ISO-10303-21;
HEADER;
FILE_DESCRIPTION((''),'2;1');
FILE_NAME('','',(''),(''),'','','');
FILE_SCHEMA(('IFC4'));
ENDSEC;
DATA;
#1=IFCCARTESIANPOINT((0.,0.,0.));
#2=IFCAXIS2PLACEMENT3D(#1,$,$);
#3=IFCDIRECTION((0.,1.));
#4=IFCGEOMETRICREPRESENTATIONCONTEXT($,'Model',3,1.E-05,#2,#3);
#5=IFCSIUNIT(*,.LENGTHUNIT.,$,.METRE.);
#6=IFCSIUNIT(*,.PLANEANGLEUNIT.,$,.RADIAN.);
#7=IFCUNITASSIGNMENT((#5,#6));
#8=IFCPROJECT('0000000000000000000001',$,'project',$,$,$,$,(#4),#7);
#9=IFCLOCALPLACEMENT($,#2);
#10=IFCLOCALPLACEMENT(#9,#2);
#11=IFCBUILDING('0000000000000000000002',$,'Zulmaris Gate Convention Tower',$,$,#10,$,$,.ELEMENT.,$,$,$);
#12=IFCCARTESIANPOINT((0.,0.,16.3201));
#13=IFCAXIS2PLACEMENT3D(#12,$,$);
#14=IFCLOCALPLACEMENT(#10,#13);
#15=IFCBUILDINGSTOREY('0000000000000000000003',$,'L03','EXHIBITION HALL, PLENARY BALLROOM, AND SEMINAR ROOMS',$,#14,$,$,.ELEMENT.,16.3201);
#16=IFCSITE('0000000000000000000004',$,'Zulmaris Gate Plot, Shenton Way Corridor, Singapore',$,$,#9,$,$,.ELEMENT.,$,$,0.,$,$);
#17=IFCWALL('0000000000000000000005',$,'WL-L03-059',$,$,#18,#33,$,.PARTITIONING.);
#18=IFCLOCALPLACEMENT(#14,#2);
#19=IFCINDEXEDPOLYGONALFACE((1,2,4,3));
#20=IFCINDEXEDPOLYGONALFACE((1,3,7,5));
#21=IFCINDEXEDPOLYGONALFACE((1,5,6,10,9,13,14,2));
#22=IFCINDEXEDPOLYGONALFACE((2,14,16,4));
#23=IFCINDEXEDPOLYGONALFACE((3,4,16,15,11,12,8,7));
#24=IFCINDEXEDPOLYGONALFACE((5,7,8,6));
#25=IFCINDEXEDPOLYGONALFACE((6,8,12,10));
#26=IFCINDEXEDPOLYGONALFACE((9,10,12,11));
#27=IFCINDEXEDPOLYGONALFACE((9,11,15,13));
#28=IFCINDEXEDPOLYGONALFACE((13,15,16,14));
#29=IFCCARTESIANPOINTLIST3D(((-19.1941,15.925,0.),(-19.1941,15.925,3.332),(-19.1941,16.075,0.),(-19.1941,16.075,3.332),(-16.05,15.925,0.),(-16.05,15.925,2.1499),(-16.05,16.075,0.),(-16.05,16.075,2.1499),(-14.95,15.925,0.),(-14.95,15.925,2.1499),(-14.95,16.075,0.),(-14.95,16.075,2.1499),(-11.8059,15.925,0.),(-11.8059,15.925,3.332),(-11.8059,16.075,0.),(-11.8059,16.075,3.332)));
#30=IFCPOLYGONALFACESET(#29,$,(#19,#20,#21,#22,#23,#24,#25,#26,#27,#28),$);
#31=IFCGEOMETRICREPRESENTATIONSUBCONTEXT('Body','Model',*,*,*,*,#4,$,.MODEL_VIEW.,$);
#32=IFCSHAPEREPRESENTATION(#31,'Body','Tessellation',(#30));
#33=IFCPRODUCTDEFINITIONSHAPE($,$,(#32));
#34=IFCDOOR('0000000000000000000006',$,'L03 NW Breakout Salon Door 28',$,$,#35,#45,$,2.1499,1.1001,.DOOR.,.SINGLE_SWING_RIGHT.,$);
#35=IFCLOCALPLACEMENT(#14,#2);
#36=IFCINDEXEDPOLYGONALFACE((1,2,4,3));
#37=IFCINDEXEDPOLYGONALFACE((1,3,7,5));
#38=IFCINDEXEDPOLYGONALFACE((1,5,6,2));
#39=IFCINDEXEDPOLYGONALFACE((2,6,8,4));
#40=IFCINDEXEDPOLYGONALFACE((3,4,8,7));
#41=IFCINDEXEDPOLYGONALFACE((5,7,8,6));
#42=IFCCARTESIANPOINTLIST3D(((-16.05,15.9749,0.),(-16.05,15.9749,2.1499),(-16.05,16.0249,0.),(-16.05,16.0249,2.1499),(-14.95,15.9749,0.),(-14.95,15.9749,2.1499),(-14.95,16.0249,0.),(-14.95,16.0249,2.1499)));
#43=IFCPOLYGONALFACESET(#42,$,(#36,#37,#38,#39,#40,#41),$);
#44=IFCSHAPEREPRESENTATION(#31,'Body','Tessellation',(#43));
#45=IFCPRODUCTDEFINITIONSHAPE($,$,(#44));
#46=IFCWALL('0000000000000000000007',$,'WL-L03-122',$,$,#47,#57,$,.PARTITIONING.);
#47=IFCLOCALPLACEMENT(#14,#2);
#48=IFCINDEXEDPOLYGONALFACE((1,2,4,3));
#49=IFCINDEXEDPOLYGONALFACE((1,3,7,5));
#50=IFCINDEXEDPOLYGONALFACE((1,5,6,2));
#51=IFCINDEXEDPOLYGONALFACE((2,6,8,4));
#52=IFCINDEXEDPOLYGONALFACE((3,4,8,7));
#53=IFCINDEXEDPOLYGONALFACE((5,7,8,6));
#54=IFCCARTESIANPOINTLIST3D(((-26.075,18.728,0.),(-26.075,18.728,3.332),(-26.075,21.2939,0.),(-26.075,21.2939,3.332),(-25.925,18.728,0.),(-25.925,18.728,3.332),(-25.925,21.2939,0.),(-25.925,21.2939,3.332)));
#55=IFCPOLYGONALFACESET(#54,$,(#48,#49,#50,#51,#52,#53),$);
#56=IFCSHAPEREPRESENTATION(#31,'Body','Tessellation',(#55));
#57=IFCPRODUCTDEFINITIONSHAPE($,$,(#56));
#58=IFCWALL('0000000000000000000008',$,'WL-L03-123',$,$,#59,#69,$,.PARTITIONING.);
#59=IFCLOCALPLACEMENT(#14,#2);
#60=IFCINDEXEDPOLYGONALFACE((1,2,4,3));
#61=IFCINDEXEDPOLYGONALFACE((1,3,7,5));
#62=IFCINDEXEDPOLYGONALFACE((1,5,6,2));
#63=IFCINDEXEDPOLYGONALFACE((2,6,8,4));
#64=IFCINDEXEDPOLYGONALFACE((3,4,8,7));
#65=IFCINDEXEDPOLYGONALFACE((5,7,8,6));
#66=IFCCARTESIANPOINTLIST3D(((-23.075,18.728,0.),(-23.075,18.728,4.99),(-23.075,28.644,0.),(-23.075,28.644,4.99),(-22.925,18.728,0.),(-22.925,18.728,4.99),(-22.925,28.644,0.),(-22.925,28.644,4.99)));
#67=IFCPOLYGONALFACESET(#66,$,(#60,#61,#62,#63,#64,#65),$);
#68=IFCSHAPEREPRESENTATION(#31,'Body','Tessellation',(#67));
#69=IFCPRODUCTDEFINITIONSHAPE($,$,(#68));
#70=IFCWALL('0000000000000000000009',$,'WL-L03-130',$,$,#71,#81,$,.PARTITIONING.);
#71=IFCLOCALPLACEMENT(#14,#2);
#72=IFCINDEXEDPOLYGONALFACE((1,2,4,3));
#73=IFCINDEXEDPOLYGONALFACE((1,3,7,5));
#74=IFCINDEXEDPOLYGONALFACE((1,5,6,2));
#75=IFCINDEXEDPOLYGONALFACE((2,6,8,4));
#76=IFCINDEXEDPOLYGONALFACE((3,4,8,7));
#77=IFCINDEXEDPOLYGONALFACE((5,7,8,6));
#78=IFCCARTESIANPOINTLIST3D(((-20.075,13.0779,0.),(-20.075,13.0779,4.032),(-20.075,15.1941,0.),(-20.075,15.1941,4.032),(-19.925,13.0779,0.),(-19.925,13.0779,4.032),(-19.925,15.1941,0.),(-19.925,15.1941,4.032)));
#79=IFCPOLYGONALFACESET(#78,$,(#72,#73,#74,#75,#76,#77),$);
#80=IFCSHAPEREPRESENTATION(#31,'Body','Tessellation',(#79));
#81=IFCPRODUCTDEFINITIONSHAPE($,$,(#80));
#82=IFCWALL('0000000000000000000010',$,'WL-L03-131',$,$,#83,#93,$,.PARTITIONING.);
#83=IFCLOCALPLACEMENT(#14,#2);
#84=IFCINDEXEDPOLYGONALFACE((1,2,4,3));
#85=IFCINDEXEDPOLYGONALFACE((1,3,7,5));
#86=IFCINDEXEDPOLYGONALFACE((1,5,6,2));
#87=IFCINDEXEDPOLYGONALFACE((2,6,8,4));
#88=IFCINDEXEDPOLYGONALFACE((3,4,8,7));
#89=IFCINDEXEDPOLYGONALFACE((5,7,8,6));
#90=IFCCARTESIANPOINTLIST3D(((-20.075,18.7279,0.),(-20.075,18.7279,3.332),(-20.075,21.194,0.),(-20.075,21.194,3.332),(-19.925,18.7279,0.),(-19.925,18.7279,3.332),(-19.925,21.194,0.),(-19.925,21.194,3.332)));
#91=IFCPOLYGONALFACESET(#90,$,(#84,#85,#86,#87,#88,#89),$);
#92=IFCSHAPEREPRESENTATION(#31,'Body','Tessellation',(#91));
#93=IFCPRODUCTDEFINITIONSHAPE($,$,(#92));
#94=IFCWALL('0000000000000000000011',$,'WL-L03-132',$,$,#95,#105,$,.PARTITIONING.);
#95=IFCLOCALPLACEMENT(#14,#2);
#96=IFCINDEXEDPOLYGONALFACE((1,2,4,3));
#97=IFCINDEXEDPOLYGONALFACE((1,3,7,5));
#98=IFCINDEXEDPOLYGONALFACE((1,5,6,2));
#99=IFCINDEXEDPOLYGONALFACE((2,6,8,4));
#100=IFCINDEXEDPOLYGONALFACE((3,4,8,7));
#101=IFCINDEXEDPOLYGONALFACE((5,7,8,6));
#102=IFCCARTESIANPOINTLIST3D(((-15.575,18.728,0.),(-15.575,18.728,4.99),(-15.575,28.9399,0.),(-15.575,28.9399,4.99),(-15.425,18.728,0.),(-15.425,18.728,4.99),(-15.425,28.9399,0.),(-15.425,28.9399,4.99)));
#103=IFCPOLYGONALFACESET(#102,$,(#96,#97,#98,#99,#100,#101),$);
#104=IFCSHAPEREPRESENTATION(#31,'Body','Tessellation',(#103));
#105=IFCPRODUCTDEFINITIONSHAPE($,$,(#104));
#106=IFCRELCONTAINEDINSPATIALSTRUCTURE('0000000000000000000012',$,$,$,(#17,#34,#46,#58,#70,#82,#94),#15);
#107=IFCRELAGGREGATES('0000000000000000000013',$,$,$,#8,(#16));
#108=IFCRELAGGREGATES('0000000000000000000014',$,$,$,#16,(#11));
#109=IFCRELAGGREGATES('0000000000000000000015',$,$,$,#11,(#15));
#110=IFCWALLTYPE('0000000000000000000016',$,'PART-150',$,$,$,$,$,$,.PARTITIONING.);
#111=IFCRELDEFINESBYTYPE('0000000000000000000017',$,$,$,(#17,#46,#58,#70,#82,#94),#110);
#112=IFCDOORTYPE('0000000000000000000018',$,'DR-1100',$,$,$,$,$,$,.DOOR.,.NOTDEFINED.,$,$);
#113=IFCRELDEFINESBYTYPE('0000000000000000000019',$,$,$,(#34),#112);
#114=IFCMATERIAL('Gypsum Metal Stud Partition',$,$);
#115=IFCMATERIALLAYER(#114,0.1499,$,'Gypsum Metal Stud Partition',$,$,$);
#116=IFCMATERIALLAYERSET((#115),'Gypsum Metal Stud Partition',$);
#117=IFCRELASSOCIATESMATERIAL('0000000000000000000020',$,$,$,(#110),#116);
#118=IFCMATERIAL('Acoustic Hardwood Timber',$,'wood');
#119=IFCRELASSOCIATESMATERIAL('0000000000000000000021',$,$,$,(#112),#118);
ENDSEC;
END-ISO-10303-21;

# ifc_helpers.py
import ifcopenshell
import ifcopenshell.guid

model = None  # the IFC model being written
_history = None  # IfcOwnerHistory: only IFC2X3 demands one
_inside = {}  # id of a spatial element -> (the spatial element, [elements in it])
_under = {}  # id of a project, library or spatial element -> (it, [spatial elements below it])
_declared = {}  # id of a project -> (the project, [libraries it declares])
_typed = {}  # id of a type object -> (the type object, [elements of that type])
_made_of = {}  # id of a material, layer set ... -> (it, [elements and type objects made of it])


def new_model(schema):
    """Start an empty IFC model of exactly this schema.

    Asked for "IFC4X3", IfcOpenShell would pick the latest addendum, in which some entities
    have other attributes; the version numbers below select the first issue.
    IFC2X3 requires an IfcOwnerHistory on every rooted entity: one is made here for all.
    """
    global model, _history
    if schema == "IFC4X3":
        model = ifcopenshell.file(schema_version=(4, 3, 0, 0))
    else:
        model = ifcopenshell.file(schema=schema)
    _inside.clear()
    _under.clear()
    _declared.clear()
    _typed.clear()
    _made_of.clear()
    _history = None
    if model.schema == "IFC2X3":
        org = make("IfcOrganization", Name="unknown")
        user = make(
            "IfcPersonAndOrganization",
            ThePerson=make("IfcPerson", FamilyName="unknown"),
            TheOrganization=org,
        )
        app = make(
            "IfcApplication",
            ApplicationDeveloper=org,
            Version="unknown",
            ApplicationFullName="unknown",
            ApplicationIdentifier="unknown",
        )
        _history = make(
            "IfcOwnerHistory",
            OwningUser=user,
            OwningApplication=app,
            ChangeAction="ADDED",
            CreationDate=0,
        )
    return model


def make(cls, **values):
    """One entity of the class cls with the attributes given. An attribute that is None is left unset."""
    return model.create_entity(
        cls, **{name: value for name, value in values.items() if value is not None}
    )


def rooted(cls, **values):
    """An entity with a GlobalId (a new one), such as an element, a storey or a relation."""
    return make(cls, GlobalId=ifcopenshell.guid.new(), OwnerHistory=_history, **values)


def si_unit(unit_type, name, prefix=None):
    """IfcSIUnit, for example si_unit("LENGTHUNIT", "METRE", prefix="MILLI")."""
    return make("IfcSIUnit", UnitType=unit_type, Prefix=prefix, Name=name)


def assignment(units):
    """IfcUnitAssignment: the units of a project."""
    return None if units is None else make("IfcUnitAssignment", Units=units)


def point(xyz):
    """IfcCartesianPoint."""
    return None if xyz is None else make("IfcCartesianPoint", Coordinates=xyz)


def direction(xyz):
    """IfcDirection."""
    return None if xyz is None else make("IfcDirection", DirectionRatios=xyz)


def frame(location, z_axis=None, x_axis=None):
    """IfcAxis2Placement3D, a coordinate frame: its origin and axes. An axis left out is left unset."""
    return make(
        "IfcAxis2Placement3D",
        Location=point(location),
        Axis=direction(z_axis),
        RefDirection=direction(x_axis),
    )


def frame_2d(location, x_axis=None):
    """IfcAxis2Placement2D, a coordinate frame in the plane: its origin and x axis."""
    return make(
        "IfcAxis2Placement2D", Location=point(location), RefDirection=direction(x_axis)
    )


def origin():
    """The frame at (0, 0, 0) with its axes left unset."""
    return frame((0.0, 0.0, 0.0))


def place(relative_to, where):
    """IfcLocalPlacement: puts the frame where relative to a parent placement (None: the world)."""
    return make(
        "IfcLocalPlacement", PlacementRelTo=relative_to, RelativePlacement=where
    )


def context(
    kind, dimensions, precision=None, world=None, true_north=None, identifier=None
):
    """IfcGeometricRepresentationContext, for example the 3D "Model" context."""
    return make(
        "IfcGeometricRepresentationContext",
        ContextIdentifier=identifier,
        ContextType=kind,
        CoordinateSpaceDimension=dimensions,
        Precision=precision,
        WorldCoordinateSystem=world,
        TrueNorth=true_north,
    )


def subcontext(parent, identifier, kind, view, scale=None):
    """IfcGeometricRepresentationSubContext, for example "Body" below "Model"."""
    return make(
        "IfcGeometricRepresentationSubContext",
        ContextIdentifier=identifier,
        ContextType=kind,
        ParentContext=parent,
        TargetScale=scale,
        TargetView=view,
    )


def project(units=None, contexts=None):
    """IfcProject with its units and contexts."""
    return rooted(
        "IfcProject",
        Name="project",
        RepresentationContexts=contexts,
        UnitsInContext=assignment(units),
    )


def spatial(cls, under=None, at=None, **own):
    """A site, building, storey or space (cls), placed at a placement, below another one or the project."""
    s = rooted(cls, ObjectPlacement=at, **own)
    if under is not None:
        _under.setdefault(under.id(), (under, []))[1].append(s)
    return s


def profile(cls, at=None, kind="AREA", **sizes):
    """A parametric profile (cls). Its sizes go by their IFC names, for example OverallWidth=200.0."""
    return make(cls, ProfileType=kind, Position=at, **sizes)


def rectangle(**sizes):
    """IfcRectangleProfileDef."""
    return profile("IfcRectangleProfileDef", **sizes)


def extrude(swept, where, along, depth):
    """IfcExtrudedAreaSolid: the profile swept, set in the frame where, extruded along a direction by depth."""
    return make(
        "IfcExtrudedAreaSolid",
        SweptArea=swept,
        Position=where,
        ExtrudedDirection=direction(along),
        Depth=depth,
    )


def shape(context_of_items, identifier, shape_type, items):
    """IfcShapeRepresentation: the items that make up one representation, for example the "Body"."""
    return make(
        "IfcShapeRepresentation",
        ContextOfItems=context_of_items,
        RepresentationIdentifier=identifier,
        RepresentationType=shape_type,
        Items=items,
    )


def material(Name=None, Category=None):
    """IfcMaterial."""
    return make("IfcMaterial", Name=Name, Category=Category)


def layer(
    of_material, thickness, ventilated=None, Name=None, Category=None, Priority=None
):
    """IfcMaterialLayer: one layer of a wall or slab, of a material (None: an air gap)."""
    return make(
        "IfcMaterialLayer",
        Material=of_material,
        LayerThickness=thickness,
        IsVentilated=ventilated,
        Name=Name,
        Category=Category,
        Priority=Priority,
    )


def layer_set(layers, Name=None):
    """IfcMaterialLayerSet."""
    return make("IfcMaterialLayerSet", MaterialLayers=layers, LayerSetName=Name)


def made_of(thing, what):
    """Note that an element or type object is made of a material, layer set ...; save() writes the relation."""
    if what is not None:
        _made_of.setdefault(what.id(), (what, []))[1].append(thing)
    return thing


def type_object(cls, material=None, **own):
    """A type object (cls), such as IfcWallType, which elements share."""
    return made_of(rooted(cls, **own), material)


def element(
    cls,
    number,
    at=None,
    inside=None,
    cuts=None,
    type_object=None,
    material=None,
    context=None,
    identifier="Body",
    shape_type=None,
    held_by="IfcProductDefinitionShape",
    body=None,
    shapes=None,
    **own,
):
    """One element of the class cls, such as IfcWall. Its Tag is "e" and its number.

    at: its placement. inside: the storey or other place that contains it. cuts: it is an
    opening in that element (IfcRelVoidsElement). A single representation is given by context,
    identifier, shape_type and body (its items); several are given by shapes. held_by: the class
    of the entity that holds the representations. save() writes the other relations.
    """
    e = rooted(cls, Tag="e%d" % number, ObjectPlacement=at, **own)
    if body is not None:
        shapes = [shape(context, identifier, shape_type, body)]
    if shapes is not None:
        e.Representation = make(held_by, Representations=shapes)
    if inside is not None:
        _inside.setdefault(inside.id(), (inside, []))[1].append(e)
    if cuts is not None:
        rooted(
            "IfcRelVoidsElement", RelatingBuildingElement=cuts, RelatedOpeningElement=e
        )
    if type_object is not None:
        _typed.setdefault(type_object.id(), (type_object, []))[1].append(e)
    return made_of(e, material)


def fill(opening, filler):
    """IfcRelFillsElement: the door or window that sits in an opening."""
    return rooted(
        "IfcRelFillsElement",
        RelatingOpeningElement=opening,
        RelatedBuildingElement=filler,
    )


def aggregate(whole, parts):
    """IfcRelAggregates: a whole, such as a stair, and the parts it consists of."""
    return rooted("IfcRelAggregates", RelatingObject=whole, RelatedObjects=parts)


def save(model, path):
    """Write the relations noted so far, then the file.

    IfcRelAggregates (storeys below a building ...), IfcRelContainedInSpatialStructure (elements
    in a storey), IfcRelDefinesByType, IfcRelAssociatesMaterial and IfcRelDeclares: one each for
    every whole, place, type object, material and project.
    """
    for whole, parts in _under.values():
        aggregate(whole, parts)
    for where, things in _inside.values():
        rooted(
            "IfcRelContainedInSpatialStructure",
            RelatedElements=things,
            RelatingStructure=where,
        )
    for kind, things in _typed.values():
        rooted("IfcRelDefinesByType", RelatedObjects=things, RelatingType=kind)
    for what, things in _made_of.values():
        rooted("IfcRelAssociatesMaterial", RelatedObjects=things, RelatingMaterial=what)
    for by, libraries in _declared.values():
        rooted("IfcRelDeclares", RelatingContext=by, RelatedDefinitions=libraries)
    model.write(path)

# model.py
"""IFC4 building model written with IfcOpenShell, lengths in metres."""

from ifc_helpers import new_model, si_unit, direction, frame, frame_2d, origin, place, context, subcontext, project, spatial, rectangle, extrude, material, layer, layer_set, type_object, element, fill, save


model = new_model("IFC4")

# Units and contexts
model_context = context("Model", 3, precision=1e-05, world=origin(), true_north=direction((0.0, 1.0)))
body_context = subcontext(model_context, "Body", "Model", "MODEL_VIEW")
ifc_project = project(units=[si_unit("LENGTHUNIT", "METRE"), si_unit("PLANEANGLEUNIT", "RADIAN")], contexts=[model_context])

# Site, building, storey
site_placement = place(None, origin())
site = spatial("IfcSite", under=ifc_project, at=site_placement, Name="Zulmaris Gate Plot, Shenton Way Corridor, Singapore", CompositionType="ELEMENT", RefElevation=0.0)
building_placement = place(site_placement, origin())
building = spatial("IfcBuilding", under=site, at=building_placement, Name="Zulmaris Gate Convention Tower", CompositionType="ELEMENT")
storey_placement = place(building_placement, frame((0.0, 0.0, 16.3201)))
storey = spatial("IfcBuildingStorey", under=building, at=storey_placement, Name="L03", Description="EXHIBITION HALL, PLENARY BALLROOM, AND SEMINAR ROOMS", CompositionType="ELEMENT", Elevation=16.3201)

# Wall, opening, door
ifc_material_1 = material(Name="Gypsum Metal Stud Partition")
ifc_layer = layer(ifc_material_1, 0.1499, Name="Gypsum Metal Stud Partition")
ifc_layer_set = layer_set([ifc_layer], Name="Gypsum Metal Stud Partition")
wall_type = type_object("IfcWallType", Name="PART-150", PredefinedType="PARTITIONING", material=ifc_layer_set)
wall_1_placement = place(storey_placement, frame((-19.1941, 16.0, 0.0), z_axis=(0.0, 0.0, 1.0), x_axis=(1.0, 0.0, 0.0)))
wall_1 = element("IfcWall", 1, at=wall_1_placement, inside=storey, type_object=wall_type, Name="WL-L03-059", PredefinedType="PARTITIONING", context=body_context, shape_type="SweptSolid", body=[
    extrude(rectangle(XDim=7.3882, YDim=0.1499, at=frame_2d((3.6941, 0.0))), origin(), (0.0, 0.0, 1.0), 3.332),
])
opening_1_placement = place(wall_1_placement, frame((3.144, 0.0, 0.0)))
opening_1 = element("IfcOpeningElement", 2, at=opening_1_placement, cuts=wall_1, PredefinedType="OPENING", context=body_context, shape_type="SweptSolid", body=[
    extrude(rectangle(XDim=1.1001, YDim=2.1499, at=frame_2d((0.55, 1.075))), frame((0.0, 0.085, 0.0), z_axis=(0.0, -1.0, 0.0), x_axis=(1.0, 0.0, 0.0)), (0.0, 0.0, 1.0), 0.1699),
])
ifc_material_2 = material(Name="Acoustic Hardwood Timber", Category="wood")
door_type_1 = type_object("IfcDoorType", Name="DR-1100", OperationType="NOTDEFINED", PredefinedType="DOOR", material=ifc_material_2)
door_1_placement = place(opening_1_placement, origin())
door_1 = element("IfcDoor", 3, at=door_1_placement, inside=storey, type_object=door_type_1, Name="L03 NW Breakout Salon Door 28", OperationType="SINGLE_SWING_RIGHT", OverallHeight=2.1499, OverallWidth=1.1001, PredefinedType="DOOR", context=body_context, shape_type="SweptSolid", body=[
    extrude(rectangle(XDim=1.1001, YDim=2.1499, at=frame_2d((0.55, 1.075))), frame((0.0, 0.0249, 0.0), z_axis=(0.0, -1.0, 0.0), x_axis=(1.0, 0.0, 0.0)), (0.0, 0.0, 1.0), 0.05),
])
fill(opening_1, door_1)

# Walls
wall_2_placement = place(storey_placement, frame((-26.0, 18.728, 0.0), z_axis=(0.0, 0.0, 1.0), x_axis=(0.0, 1.0, 0.0)))
element("IfcWall", 4, at=wall_2_placement, inside=storey, type_object=wall_type, Name="WL-L03-122", PredefinedType="PARTITIONING", context=body_context, shape_type="SweptSolid", body=[
    extrude(rectangle(XDim=2.5659, YDim=0.1499, at=frame_2d((1.283, 0.0))), origin(), (0.0, 0.0, 1.0), 3.332),
])
wall_3_placement = place(storey_placement, frame((-23.0, 18.728, 0.0), z_axis=(0.0, 0.0, 1.0), x_axis=(0.0, 1.0, 0.0)))
element("IfcWall", 5, at=wall_3_placement, inside=storey, type_object=wall_type, Name="WL-L03-123", PredefinedType="PARTITIONING", context=body_context, shape_type="SweptSolid", body=[
    extrude(rectangle(XDim=9.916, YDim=0.1499, at=frame_2d((4.958, 0.0))), origin(), (0.0, 0.0, 1.0), 4.99),
])
wall_4_placement = place(storey_placement, frame((-20.0, 13.0779, 0.0), z_axis=(0.0, 0.0, 1.0), x_axis=(0.0, 1.0, 0.0)))
element("IfcWall", 6, at=wall_4_placement, inside=storey, type_object=wall_type, Name="WL-L03-130", PredefinedType="PARTITIONING", context=body_context, shape_type="SweptSolid", body=[
    extrude(rectangle(XDim=2.1162, YDim=0.1499, at=frame_2d((1.0581, 0.0))), origin(), (0.0, 0.0, 1.0), 4.032),
])
wall_5_placement = place(storey_placement, frame((-20.0, 18.728, 0.0), z_axis=(0.0, 0.0, 1.0), x_axis=(0.0, 1.0, 0.0)))
element("IfcWall", 7, at=wall_5_placement, inside=storey, type_object=wall_type, Name="WL-L03-131", PredefinedType="PARTITIONING", context=body_context, shape_type="SweptSolid", body=[
    extrude(rectangle(XDim=2.4661, YDim=0.1499, at=frame_2d((1.2329, 0.0))), origin(), (0.0, 0.0, 1.0), 3.332),
])
wall_6_placement = place(storey_placement, frame((-15.5, 18.728, 0.0), z_axis=(0.0, 0.0, 1.0), x_axis=(0.0, 1.0, 0.0)))
element("IfcWall", 8, at=wall_6_placement, inside=storey, type_object=wall_type, Name="WL-L03-132", PredefinedType="PARTITIONING", context=body_context, shape_type="SweptSolid", body=[
    extrude(rectangle(XDim=10.2119, YDim=0.1499, at=frame_2d((5.106, 0.0))), origin(), (0.0, 0.0, 1.0), 4.99),
])

save(model, "model.ifc")
